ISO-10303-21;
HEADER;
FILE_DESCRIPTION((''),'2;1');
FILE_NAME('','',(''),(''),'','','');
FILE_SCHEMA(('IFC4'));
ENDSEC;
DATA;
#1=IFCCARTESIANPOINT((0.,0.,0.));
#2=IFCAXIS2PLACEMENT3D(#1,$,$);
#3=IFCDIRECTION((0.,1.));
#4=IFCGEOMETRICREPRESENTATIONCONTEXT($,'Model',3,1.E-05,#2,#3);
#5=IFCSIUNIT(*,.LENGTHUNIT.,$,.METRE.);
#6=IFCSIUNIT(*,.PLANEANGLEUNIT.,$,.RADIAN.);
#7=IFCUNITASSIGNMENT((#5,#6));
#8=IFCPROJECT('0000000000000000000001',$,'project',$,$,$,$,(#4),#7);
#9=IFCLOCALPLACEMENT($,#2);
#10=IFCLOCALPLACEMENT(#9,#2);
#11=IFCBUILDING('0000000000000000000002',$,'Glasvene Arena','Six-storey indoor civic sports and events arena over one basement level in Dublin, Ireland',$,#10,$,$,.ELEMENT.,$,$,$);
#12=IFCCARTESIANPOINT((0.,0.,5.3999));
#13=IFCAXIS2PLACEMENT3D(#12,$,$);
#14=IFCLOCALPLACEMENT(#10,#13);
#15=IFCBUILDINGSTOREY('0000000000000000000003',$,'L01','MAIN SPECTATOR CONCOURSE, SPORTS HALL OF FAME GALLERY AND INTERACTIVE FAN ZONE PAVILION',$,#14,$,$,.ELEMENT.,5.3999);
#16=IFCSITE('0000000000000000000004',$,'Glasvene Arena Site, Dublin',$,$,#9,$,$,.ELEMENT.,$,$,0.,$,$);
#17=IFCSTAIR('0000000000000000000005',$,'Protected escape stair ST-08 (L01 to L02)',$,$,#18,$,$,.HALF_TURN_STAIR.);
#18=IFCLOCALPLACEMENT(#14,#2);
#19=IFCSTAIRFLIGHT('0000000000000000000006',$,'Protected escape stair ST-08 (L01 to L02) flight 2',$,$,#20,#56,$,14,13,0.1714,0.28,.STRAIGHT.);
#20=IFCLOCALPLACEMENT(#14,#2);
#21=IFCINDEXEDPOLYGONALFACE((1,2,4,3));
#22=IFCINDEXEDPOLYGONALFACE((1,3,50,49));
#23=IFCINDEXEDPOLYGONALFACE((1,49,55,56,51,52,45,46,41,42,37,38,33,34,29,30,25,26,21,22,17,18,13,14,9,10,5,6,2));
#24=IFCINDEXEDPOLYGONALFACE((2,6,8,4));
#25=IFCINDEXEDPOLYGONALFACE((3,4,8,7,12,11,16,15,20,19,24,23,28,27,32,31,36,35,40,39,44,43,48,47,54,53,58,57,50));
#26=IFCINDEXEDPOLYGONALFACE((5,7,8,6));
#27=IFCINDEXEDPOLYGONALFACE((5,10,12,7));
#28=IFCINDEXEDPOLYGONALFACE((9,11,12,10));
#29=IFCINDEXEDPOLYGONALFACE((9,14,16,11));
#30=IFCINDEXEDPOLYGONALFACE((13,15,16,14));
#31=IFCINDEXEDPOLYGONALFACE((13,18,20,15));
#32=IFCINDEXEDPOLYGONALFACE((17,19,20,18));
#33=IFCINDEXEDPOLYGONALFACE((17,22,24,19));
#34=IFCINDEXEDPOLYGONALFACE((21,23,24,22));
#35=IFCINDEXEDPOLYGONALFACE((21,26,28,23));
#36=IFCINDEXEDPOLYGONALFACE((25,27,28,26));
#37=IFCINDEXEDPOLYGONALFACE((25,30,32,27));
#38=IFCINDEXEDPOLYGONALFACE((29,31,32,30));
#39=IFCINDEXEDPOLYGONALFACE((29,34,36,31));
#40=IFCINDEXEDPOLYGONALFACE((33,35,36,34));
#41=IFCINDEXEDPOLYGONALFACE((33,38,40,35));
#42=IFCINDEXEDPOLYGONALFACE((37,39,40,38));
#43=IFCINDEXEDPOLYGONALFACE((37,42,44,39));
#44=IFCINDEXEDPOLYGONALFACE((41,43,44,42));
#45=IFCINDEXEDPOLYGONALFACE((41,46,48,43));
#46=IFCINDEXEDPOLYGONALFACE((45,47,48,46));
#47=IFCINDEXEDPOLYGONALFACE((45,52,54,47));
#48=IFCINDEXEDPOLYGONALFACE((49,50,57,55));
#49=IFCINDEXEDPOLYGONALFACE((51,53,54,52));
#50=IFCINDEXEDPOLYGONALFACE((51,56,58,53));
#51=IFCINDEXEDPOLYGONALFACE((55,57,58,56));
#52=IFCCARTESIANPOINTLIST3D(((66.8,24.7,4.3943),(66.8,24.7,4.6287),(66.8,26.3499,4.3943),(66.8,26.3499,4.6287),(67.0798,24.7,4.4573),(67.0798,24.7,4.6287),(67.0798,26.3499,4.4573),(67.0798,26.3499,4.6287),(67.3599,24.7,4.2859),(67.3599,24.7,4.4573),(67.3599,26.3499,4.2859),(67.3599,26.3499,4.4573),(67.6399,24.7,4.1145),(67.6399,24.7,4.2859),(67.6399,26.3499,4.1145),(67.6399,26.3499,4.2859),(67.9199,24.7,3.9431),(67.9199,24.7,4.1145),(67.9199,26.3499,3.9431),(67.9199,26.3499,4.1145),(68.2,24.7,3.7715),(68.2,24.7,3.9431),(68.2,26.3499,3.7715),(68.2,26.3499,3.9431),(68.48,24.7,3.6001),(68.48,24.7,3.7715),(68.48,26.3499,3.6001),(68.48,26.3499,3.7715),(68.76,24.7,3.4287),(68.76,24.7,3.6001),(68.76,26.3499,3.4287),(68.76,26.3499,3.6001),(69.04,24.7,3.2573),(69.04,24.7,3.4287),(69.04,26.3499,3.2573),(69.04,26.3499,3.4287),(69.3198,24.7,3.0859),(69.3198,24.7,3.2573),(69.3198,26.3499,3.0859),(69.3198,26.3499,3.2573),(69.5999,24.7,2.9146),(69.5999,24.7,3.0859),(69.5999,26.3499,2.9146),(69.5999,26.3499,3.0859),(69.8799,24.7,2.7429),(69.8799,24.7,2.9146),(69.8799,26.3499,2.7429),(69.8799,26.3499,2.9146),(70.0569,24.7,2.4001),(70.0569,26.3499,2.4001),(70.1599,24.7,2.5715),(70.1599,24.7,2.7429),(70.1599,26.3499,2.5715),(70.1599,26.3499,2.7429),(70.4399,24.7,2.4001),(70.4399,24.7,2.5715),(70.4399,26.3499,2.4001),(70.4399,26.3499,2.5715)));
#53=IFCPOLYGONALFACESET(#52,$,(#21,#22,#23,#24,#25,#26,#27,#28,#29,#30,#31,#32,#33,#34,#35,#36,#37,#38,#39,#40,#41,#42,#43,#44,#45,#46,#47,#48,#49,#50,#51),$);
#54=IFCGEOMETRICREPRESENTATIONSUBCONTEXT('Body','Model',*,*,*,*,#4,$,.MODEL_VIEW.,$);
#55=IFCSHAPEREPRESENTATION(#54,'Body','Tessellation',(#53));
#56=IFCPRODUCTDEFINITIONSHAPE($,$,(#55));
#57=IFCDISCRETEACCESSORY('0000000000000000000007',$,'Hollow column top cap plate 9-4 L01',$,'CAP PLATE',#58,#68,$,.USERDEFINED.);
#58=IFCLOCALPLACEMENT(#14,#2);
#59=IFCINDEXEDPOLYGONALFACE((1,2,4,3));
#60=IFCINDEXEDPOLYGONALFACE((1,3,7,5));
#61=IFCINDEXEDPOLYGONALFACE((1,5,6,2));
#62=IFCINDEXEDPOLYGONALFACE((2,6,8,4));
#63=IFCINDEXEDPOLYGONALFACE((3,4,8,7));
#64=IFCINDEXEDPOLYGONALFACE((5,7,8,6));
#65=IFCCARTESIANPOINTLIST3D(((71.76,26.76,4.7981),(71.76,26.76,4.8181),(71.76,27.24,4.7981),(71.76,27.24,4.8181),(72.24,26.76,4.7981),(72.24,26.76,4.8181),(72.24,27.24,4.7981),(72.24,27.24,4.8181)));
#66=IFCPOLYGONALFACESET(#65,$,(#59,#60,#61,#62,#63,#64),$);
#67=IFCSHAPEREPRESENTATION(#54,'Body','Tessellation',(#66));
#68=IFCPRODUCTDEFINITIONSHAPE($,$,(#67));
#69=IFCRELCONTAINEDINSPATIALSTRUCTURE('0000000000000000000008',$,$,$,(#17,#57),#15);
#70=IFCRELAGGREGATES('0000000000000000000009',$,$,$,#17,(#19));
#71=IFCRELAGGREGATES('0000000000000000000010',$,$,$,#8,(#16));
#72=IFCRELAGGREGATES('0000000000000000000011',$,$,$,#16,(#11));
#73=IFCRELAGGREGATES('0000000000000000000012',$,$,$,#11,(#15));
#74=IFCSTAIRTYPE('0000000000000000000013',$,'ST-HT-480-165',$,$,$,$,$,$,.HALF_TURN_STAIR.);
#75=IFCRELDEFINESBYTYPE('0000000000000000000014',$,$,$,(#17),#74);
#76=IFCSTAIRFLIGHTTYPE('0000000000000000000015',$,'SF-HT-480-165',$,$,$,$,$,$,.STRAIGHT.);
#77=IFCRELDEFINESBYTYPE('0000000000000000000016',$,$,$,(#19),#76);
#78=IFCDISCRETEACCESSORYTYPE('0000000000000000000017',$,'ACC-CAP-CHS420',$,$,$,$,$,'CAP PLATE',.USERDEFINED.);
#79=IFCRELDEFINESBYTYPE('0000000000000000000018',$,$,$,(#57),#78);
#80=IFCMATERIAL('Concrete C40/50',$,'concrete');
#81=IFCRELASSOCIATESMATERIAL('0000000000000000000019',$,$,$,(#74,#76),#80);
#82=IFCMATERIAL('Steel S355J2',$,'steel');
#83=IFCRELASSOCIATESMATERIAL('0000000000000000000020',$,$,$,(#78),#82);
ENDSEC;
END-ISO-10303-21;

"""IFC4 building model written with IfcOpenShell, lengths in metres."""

from ifc_helpers import new_model, si_unit, direction, frame, origin, origin_2d, place, context, subcontext, project, spatial, polyline, rectangle, outline, extrude, material, type_object, element, aggregate, save


model = new_model("IFC4")

# Units and contexts
model_context = context("Model", 3, precision=1e-05, world=origin(), true_north=direction((0.0, 1.0)))
body_context = subcontext(model_context, "Body", "Model", "MODEL_VIEW")
ifc_project = project(units=[si_unit("LENGTHUNIT", "METRE"), si_unit("PLANEANGLEUNIT", "RADIAN")], contexts=[model_context])

# Site, building, storey
site_placement = place(None, origin())
site = spatial("IfcSite", under=ifc_project, at=site_placement, Name="Glasvene Arena Site, Dublin", CompositionType="ELEMENT", RefElevation=0.0)
building_placement = place(site_placement, origin())
building = spatial("IfcBuilding", under=site, at=building_placement, Name="Glasvene Arena", Description="Six-storey indoor civic sports and events arena over one basement level in Dublin, Ireland", CompositionType="ELEMENT")
storey_placement = place(building_placement, frame((0.0, 0.0, 5.3999)))
storey = spatial("IfcBuildingStorey", under=building, at=storey_placement, Name="L01", Description="MAIN SPECTATOR CONCOURSE, SPORTS HALL OF FAME GALLERY AND INTERACTIVE FAN ZONE PAVILION", CompositionType="ELEMENT", Elevation=5.3999)

# Shared definitions
ifc_material_1 = material(Name="Steel S355J2", Category="steel")

# Shared definitions
ifc_material_2 = material(Name="Concrete C40/50", Category="concrete")

# Stair
stair_type = type_object("IfcStairType", Name="ST-HT-480-165", PredefinedType="HALF_TURN_STAIR", material=ifc_material_2)
stair_placement = place(storey_placement, origin())
stair = element("IfcStair", 1, at=stair_placement, inside=storey, type_object=stair_type, Name="Protected escape stair ST-08 (L01 to L02)", PredefinedType="HALF_TURN_STAIR")

# Stair flight
stair_flight_type = type_object("IfcStairFlightType", Name="SF-HT-480-165", PredefinedType="STRAIGHT", material=ifc_material_2)
stair_flight_placement = place(storey_placement, frame((70.4399, 25.5249, 2.4001), z_axis=(0.0, 0.0, 1.0), x_axis=(-1.0, 0.0, 0.0)))
stair_flight = element("IfcStairFlight", 2, at=stair_flight_placement, type_object=stair_flight_type, Name="Protected escape stair ST-08 (L01 to L02) flight 2", NumberOfRisers=14, NumberOfTreads=13, PredefinedType="STRAIGHT", RiserHeight=0.1714, TreadLength=0.28, context=body_context, shape_type="SweptSolid", body=[
    extrude(outline(polyline([(0.0, 0.0), (0.0, 0.1714), (0.28, 0.1714), (0.28, 0.3428), (0.5601, 0.3428), (0.5601, 0.5144), (0.8401, 0.5144), (0.8401, 0.6858), (1.1201, 0.6858), (1.1201, 0.8572), (1.3999, 0.8572), (1.3999, 1.0286), (1.6799, 1.0286), (1.6799, 1.2), (1.96, 1.2), (1.96, 1.3713), (2.24, 1.3713), (2.24, 1.543), (2.52, 1.543), (2.52, 1.7144), (2.8, 1.7144), (2.8, 1.8857), (3.0801, 1.8857), (3.0801, 2.0571), (3.3601, 2.0571), (3.3601, 2.2285), (3.6399, 2.2285), (3.6399, 2.3999), (3.6399, 1.9941), (0.3831, 0.0), (0.0, 0.0)])), frame((0.0, 0.825, 0.0), z_axis=(0.0, -1.0, 0.0), x_axis=(1.0, 0.0, 0.0)), (0.0, 0.0, 1.0), 1.6499),
])
aggregate(stair, [stair_flight])

# Discrete accessory
discrete_accessory_type = type_object("IfcDiscreteAccessoryType", Name="ACC-CAP-CHS420", ElementType="CAP PLATE", PredefinedType="USERDEFINED", material=ifc_material_1)
discrete_accessory_placement = place(storey_placement, frame((72.0, 27.0, 4.7981), z_axis=(0.0, 0.0, 1.0), x_axis=(1.0, 0.0, 0.0)))
element("IfcDiscreteAccessory", 3, at=discrete_accessory_placement, inside=storey, type_object=discrete_accessory_type, Name="Hollow column top cap plate 9-4 L01", ObjectType="CAP PLATE", PredefinedType="USERDEFINED", context=body_context, shape_type="SweptSolid", body=[
    extrude(rectangle(XDim=0.48, YDim=0.48, at=origin_2d()), origin(), (0.0, 0.0, 1.0), 0.02),
])

save(model, "model.ifc")
